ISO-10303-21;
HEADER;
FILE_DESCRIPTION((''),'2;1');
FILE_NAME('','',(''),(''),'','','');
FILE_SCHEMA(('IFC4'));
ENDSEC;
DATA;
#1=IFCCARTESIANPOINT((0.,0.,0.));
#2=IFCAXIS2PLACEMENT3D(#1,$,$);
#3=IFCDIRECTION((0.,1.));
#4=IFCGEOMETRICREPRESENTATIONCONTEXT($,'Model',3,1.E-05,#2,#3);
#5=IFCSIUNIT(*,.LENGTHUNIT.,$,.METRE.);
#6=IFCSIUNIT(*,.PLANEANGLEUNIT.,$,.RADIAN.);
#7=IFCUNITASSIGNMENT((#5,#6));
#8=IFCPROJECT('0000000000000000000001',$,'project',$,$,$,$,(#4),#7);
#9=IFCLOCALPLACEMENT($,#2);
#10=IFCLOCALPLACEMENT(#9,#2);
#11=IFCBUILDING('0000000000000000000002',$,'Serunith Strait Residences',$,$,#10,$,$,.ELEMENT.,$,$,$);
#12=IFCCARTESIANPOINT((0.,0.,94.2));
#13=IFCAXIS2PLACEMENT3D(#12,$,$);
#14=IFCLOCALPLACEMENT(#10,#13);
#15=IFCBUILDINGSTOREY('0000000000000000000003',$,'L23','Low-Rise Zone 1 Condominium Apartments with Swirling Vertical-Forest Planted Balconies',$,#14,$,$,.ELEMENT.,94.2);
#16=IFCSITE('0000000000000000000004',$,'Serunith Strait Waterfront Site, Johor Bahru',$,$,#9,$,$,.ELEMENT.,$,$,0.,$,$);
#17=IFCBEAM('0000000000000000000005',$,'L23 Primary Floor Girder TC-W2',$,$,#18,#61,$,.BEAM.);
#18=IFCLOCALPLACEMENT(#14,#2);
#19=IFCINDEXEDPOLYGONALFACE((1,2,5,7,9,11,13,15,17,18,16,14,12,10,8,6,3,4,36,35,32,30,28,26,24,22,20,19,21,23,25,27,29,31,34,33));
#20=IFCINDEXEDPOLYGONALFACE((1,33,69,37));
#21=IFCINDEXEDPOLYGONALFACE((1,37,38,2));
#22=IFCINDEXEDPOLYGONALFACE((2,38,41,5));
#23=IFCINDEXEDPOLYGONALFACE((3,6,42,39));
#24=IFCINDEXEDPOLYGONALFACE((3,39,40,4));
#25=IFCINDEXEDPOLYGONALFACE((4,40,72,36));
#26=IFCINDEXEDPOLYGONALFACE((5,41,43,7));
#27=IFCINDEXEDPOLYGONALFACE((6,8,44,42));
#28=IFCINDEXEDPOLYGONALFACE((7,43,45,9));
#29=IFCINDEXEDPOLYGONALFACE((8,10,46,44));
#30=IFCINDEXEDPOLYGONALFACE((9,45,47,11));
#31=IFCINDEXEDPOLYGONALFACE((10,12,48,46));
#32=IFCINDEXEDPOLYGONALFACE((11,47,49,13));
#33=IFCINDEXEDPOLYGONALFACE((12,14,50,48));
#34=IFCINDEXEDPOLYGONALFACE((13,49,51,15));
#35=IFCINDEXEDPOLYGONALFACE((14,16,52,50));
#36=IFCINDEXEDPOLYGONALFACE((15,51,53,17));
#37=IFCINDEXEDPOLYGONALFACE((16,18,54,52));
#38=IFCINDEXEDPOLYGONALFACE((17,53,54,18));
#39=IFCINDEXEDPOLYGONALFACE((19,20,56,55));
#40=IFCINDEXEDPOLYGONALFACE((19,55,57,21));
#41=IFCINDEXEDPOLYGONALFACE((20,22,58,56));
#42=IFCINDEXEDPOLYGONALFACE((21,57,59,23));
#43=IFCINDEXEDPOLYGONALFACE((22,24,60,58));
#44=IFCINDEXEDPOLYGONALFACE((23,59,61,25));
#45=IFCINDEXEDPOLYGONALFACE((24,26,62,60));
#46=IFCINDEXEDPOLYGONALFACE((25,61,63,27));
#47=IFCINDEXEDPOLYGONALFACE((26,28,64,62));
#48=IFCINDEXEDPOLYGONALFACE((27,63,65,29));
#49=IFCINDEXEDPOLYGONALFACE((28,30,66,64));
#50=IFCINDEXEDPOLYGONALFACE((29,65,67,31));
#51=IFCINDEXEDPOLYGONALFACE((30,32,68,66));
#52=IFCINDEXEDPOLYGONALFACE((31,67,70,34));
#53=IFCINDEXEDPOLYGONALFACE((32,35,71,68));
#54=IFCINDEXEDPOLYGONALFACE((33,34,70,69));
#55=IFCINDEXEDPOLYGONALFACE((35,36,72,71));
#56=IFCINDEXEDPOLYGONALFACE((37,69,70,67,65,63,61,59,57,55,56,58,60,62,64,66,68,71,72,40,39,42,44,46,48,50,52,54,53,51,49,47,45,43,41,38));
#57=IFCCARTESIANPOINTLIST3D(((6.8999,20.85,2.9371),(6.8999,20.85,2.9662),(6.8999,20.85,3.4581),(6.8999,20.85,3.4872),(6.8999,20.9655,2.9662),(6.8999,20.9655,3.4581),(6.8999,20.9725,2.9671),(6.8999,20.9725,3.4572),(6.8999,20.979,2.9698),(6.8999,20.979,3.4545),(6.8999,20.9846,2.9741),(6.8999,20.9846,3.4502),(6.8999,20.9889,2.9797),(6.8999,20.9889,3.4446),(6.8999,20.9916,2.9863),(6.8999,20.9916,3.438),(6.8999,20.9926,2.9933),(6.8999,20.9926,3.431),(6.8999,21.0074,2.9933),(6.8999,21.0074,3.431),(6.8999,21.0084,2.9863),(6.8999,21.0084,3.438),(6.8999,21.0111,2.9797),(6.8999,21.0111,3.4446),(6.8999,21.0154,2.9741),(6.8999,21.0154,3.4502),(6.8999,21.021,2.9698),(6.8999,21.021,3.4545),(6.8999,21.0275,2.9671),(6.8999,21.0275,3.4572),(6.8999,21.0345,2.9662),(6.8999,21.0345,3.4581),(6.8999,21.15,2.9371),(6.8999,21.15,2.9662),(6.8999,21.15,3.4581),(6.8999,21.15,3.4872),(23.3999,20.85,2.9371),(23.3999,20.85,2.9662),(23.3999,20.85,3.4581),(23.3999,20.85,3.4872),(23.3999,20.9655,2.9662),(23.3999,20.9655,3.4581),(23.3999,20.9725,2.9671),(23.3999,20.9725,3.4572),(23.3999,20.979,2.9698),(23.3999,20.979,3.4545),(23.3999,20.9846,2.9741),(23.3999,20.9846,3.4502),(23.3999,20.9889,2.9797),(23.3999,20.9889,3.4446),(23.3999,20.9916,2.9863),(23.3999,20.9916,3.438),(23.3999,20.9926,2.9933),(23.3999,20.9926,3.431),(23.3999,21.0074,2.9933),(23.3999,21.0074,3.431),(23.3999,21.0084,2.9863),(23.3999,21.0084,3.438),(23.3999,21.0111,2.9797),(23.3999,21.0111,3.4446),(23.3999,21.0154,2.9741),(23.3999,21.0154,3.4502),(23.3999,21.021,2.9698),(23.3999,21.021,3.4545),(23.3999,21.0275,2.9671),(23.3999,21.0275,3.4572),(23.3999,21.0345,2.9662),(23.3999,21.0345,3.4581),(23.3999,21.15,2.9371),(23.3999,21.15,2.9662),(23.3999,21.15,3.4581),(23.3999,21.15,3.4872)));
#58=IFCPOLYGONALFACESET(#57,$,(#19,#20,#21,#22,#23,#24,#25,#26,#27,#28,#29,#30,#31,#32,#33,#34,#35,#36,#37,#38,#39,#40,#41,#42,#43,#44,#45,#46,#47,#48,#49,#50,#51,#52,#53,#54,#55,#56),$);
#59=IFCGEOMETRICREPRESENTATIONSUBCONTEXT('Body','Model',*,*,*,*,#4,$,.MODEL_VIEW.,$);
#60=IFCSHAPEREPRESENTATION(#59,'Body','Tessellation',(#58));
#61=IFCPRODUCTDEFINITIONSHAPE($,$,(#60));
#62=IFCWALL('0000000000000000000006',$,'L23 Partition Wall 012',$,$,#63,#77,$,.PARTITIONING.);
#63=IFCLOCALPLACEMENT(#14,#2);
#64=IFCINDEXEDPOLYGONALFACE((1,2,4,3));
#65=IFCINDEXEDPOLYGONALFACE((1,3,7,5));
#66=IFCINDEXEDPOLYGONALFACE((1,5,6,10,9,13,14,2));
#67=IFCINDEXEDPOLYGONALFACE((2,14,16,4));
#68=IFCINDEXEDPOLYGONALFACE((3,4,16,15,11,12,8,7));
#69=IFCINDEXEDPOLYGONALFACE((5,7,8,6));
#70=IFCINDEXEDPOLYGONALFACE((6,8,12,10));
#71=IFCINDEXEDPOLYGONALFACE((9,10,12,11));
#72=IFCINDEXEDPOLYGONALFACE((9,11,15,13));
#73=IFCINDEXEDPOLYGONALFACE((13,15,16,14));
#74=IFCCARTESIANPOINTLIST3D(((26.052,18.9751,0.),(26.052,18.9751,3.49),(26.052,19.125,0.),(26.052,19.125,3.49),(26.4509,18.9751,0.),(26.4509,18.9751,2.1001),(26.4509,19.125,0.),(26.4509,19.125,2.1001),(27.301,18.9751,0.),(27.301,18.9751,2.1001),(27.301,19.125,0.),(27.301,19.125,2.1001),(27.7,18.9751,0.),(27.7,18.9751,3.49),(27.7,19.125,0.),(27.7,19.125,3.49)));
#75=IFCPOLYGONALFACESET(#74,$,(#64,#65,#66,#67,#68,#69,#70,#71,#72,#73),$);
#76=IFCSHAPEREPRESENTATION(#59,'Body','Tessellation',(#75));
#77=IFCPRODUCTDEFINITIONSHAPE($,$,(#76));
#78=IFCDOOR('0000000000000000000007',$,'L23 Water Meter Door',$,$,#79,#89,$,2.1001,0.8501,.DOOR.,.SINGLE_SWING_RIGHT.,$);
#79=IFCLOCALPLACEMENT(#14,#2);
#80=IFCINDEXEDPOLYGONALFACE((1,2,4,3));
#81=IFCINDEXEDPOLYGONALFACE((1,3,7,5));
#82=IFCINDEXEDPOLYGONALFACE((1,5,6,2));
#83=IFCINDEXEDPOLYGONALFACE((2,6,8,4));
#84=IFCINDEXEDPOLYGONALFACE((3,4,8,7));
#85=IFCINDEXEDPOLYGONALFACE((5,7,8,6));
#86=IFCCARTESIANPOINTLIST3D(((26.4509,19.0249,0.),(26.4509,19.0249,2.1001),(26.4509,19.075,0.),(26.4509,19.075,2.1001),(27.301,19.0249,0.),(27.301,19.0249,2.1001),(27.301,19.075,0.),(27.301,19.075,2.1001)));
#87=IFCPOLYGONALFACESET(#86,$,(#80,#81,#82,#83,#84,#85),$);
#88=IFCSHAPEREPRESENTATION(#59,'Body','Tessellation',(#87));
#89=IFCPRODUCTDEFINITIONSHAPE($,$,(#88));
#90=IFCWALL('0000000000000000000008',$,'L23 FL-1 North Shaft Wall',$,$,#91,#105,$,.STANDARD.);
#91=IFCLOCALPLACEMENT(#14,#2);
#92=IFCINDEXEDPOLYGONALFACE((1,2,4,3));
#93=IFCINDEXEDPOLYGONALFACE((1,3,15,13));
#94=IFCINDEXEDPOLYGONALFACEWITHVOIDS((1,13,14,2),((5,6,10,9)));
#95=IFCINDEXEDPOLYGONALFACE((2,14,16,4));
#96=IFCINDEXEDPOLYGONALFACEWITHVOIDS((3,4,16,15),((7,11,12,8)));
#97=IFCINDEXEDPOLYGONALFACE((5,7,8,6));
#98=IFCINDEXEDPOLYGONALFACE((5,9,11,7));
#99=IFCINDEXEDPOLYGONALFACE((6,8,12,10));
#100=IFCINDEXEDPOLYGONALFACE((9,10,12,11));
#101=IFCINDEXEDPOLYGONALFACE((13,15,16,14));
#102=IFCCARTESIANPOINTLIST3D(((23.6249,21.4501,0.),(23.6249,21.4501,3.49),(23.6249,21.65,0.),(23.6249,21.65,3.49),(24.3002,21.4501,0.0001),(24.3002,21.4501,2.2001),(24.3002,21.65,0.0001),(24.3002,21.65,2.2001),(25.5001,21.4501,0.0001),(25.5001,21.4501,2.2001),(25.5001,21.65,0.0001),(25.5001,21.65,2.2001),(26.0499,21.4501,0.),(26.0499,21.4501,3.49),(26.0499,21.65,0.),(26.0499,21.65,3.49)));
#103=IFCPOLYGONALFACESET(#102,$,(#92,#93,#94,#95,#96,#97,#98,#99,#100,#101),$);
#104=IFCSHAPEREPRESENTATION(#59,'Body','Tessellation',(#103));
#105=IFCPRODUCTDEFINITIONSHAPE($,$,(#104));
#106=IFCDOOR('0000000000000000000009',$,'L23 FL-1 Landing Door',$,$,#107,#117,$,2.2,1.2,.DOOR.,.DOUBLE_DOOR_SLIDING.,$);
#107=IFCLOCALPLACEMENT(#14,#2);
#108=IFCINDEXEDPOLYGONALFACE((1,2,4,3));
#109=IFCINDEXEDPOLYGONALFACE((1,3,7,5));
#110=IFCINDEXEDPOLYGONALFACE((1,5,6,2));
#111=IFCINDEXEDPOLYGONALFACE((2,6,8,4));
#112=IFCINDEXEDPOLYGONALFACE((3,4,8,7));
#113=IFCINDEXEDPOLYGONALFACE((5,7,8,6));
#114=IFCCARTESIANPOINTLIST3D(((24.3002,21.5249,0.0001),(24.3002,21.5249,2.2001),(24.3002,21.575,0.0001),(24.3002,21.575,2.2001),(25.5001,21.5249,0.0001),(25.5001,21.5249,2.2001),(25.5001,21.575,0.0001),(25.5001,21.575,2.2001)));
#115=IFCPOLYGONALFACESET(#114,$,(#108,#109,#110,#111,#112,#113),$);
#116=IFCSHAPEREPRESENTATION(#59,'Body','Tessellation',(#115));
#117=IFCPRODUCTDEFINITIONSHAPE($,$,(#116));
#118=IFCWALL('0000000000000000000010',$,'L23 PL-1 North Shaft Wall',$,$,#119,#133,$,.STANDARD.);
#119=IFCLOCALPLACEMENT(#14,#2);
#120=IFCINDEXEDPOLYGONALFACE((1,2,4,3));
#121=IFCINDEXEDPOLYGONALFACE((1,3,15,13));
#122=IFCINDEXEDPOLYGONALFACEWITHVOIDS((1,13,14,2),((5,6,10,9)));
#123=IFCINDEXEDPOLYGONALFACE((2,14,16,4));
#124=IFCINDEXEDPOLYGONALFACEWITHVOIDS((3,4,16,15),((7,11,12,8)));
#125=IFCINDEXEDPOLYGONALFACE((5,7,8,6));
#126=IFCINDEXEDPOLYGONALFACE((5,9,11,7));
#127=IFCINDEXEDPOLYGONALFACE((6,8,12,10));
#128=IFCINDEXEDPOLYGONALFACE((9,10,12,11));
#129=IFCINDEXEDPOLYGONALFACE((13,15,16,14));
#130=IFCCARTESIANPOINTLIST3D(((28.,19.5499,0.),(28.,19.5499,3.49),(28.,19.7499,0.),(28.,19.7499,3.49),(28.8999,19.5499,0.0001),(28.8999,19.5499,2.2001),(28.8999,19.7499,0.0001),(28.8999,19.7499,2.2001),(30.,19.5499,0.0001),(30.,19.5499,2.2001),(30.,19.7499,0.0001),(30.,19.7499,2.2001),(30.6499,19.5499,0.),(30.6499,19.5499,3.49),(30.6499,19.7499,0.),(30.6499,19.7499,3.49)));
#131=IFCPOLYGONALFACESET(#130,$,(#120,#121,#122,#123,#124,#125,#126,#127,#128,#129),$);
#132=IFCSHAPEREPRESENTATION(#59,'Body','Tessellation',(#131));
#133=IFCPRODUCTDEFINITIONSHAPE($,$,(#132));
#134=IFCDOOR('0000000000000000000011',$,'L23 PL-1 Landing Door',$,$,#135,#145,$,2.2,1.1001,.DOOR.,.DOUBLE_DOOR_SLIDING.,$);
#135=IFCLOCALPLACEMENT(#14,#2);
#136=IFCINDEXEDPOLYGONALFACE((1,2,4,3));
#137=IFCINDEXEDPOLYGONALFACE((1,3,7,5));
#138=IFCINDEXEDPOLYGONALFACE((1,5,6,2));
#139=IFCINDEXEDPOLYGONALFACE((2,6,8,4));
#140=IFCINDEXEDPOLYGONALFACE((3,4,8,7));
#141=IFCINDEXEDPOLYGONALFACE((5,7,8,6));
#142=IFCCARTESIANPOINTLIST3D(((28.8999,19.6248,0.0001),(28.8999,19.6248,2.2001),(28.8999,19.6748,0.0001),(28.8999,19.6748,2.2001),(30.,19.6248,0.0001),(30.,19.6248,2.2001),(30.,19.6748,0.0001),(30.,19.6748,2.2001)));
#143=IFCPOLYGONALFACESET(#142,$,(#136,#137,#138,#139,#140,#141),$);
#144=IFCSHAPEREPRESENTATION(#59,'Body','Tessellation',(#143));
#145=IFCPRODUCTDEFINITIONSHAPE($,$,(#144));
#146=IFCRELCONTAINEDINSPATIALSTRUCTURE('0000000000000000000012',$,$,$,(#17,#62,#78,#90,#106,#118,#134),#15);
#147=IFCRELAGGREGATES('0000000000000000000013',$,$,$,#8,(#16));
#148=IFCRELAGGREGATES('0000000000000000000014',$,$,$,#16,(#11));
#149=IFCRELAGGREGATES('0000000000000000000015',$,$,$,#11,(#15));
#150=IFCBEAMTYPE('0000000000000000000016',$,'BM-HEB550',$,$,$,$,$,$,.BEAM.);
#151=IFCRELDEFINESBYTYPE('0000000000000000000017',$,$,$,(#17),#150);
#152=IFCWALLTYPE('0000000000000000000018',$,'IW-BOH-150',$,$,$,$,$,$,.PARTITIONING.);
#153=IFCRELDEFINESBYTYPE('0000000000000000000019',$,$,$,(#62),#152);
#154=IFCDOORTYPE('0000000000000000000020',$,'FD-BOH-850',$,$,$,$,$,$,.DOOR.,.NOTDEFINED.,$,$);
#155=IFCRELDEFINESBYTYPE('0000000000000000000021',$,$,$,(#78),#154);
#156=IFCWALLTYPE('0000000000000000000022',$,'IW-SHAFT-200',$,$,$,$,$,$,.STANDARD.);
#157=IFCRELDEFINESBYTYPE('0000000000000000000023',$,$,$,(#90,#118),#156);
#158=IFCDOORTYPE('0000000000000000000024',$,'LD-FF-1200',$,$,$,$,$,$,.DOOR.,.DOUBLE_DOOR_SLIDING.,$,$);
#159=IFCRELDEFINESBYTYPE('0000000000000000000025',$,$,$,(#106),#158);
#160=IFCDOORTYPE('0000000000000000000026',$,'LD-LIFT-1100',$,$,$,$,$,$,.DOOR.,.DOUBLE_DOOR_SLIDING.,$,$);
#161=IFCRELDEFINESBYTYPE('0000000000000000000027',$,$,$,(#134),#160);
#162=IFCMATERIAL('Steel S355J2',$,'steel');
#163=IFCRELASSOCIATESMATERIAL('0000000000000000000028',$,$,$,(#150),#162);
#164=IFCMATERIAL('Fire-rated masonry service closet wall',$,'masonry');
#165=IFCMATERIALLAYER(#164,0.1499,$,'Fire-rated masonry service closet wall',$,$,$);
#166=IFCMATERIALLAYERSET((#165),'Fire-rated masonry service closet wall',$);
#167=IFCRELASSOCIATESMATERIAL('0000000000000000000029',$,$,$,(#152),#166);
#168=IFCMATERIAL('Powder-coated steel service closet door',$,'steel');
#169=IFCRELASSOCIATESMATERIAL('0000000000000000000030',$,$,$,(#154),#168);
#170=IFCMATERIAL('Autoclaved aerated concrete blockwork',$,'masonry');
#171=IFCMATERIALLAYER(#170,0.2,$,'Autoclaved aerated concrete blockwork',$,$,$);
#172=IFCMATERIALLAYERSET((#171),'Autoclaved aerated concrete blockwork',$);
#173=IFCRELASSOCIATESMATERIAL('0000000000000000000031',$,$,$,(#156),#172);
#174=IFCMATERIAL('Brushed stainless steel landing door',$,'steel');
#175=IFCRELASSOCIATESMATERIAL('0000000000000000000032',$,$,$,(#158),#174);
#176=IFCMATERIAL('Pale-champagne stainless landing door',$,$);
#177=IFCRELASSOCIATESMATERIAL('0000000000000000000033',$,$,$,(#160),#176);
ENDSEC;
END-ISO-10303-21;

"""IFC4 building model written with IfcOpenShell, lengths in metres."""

from ifc_helpers import new_model, si_unit, direction, frame, frame_2d, origin, origin_2d, place, context, subcontext, project, spatial, rectangle, i_section, extrude, source, transform, mapped, material, layer, layer_set, material_profile, profile_set, type_object, element, fill, save


model = new_model("IFC4")

# Units and contexts
model_context = context("Model", 3, precision=1e-05, world=origin(), true_north=direction((0.0, 1.0)))
body_context = subcontext(model_context, "Body", "Model", "MODEL_VIEW")
ifc_project = project(units=[si_unit("LENGTHUNIT", "METRE"), si_unit("PLANEANGLEUNIT", "RADIAN")], contexts=[model_context])

# Site, building, storey
site_placement = place(None, origin())
site = spatial("IfcSite", under=ifc_project, at=site_placement, Name="Serunith Strait Waterfront Site, Johor Bahru", CompositionType="ELEMENT", RefElevation=0.0)
building_placement = place(site_placement, origin())
building = spatial("IfcBuilding", under=site, at=building_placement, Name="Serunith Strait Residences", CompositionType="ELEMENT")
storey_placement = place(building_placement, frame((0.0, 0.0, 94.2)))
storey = spatial("IfcBuildingStorey", under=building, at=storey_placement, Name="L23", Description="Low-Rise Zone 1 Condominium Apartments with Swirling Vertical-Forest Planted Balconies", CompositionType="ELEMENT", Elevation=94.2)

# Beam
ifc_material_1 = material(Name="Steel S355J2", Category="steel")
ifc_material_profile = material_profile(ifc_material_1, i_section(OverallWidth=0.3, OverallDepth=0.55, WebThickness=0.0149, FlangeThickness=0.0291, FilletRadius=0.0271, at=origin_2d()), Name="HEB 550")
ifc_profile_set = profile_set([ifc_material_profile], Name="Steel S355J2")
beam_type = type_object("IfcBeamType", Name="BM-HEB550", PredefinedType="BEAM", material=ifc_profile_set)
shared_shape_1 = source(origin(), body_context, "Body", "SweptSolid", [
    extrude(i_section(OverallWidth=0.3, OverallDepth=0.55, WebThickness=0.0149, FlangeThickness=0.0291, FilletRadius=0.0271, at=origin_2d()), origin(), (0.0, 0.0, 1.0), 16.5),
])
beam_placement = place(storey_placement, frame((23.3999, 21.0, 3.2122), z_axis=(-1.0, 0.0, 0.0), x_axis=(0.0, -1.0, 0.0)))
element("IfcBeam", 1, at=beam_placement, inside=storey, type_object=beam_type, Name="L23 Primary Floor Girder TC-W2", PredefinedType="BEAM", context=body_context, shape_type="MappedRepresentation", body=[
    mapped(shared_shape_1, transform((0.0, 0.0, 0.0), scale=1.0)),
])

# Walls, openings, doors
ifc_material_2 = material(Name="Fire-rated masonry service closet wall", Category="masonry")
ifc_layer_1 = layer(ifc_material_2, 0.1499, Name="Fire-rated masonry service closet wall")
ifc_layer_set_1 = layer_set([ifc_layer_1], Name="Fire-rated masonry service closet wall")
wall_type_1 = type_object("IfcWallType", Name="IW-BOH-150", PredefinedType="PARTITIONING", material=ifc_layer_set_1)
wall_1_placement = place(storey_placement, frame((26.052, 19.05, 0.0), z_axis=(0.0, 0.0, 1.0), x_axis=(1.0, 0.0, 0.0)))
wall_1 = element("IfcWall", 2, at=wall_1_placement, inside=storey, type_object=wall_type_1, Name="L23 Partition Wall 012", PredefinedType="PARTITIONING", context=body_context, shape_type="SweptSolid", body=[
    extrude(rectangle(XDim=1.6479, YDim=0.1499, at=frame_2d((0.824, 0.0))), origin(), (0.0, 0.0, 1.0), 3.49),
])
opening_1_placement = place(wall_1_placement, frame((0.3989, 0.0, 0.0)))
opening_1 = element("IfcOpeningElement", 3, at=opening_1_placement, cuts=wall_1, PredefinedType="OPENING", context=body_context, shape_type="SweptSolid", body=[
    extrude(rectangle(XDim=0.8501, YDim=2.1001, at=frame_2d((0.425, 1.05))), frame((0.0, 0.085, 0.0), z_axis=(0.0, -1.0, 0.0), x_axis=(1.0, 0.0, 0.0)), (0.0, 0.0, 1.0), 0.1699),
])
ifc_material_3 = material(Name="Powder-coated steel service closet door", Category="steel")
door_type_1 = type_object("IfcDoorType", Name="FD-BOH-850", OperationType="NOTDEFINED", PredefinedType="DOOR", material=ifc_material_3)
shared_shape_2 = source(origin(), body_context, "Body", "SweptSolid", [
    extrude(rectangle(XDim=0.8501, YDim=2.1001, at=frame_2d((0.425, 1.05))), frame((0.0, 0.0249, 0.0), z_axis=(0.0, -1.0, 0.0), x_axis=(1.0, 0.0, 0.0)), (0.0, 0.0, 1.0), 0.05),
])
door_1_placement = place(opening_1_placement, origin())
door_1 = element("IfcDoor", 4, at=door_1_placement, inside=storey, type_object=door_type_1, Name="L23 Water Meter Door", OperationType="SINGLE_SWING_RIGHT", OverallHeight=2.1001, OverallWidth=0.8501, PredefinedType="DOOR", context=body_context, shape_type="MappedRepresentation", body=[
    mapped(shared_shape_2, transform((0.0, 0.0, 0.0), scale=1.0)),
])
fill(opening_1, door_1)
ifc_material_4 = material(Name="Autoclaved aerated concrete blockwork", Category="masonry")
ifc_layer_2 = layer(ifc_material_4, 0.2, Name="Autoclaved aerated concrete blockwork")
ifc_layer_set_2 = layer_set([ifc_layer_2], Name="Autoclaved aerated concrete blockwork")
wall_type_2 = type_object("IfcWallType", Name="IW-SHAFT-200", PredefinedType="STANDARD", material=ifc_layer_set_2)
wall_2_placement = place(storey_placement, frame((23.625, 21.55, 0.0), z_axis=(0.0, 0.0, 1.0), x_axis=(1.0, 0.0, 0.0)))
wall_2 = element("IfcWall", 5, at=wall_2_placement, inside=storey, type_object=wall_type_2, Name="L23 FL-1 North Shaft Wall", PredefinedType="STANDARD", context=body_context, shape_type="SweptSolid", body=[
    extrude(rectangle(XDim=2.425, YDim=0.2, at=frame_2d((1.2124, 0.0))), origin(), (0.0, 0.0, 1.0), 3.49),
])
opening_2_placement = place(wall_2_placement, frame((0.675, 0.0, 0.0)))
opening_2 = element("IfcOpeningElement", 6, at=opening_2_placement, cuts=wall_2, PredefinedType="OPENING", context=body_context, shape_type="SweptSolid", body=[
    extrude(rectangle(XDim=1.2, YDim=2.2, at=frame_2d((0.6001, 1.1001))), frame((0.0, 0.1099, 0.0), z_axis=(0.0, -1.0, 0.0), x_axis=(1.0, 0.0, 0.0)), (0.0, 0.0, 1.0), 0.22),
])
ifc_material_5 = material(Name="Brushed stainless steel landing door", Category="steel")
door_type_2 = type_object("IfcDoorType", Name="LD-FF-1200", OperationType="DOUBLE_DOOR_SLIDING", PredefinedType="DOOR", material=ifc_material_5)
shared_shape_3 = source(origin(), body_context, "Body", "SweptSolid", [
    extrude(rectangle(XDim=1.2, YDim=2.2, at=frame_2d((0.6001, 1.1001))), frame((0.0, 0.0249, 0.0), z_axis=(0.0, -1.0, 0.0), x_axis=(1.0, 0.0, 0.0)), (0.0, 0.0, 1.0), 0.05),
])
door_2_placement = place(opening_2_placement, origin())
door_2 = element("IfcDoor", 7, at=door_2_placement, inside=storey, type_object=door_type_2, Name="L23 FL-1 Landing Door", OperationType="DOUBLE_DOOR_SLIDING", OverallHeight=2.2, OverallWidth=1.2, PredefinedType="DOOR", context=body_context, shape_type="MappedRepresentation", body=[
    mapped(shared_shape_3, transform((0.0, 0.0, 0.0), scale=1.0)),
])
fill(opening_2, door_2)
wall_3_placement = place(storey_placement, frame((28.0, 19.6499, 0.0), z_axis=(0.0, 0.0, 1.0), x_axis=(1.0, 0.0, 0.0)))
wall_3 = element("IfcWall", 8, at=wall_3_placement, inside=storey, type_object=wall_type_2, Name="L23 PL-1 North Shaft Wall", PredefinedType="STANDARD", context=body_context, shape_type="SweptSolid", body=[
    extrude(rectangle(XDim=2.6499, YDim=0.2, at=frame_2d((1.325, 0.0))), origin(), (0.0, 0.0, 1.0), 3.49),
])
opening_3_placement = place(wall_3_placement, frame((0.8999, 0.0, 0.0)))
opening_3 = element("IfcOpeningElement", 9, at=opening_3_placement, cuts=wall_3, PredefinedType="OPENING", context=body_context, shape_type="SweptSolid", body=[
    extrude(rectangle(XDim=1.1001, YDim=2.2, at=frame_2d((0.55, 1.1001))), frame((0.0, 0.1099, 0.0), z_axis=(0.0, -1.0, 0.0), x_axis=(1.0, 0.0, 0.0)), (0.0, 0.0, 1.0), 0.22),
])
ifc_material_6 = material(Name="Pale-champagne stainless landing door")
door_type_3 = type_object("IfcDoorType", Name="LD-LIFT-1100", OperationType="DOUBLE_DOOR_SLIDING", PredefinedType="DOOR", material=ifc_material_6)
shared_shape_4 = source(origin(), body_context, "Body", "SweptSolid", [
    extrude(rectangle(XDim=1.1001, YDim=2.2, at=frame_2d((0.55, 1.1001))), frame((0.0, 0.0249, 0.0), z_axis=(0.0, -1.0, 0.0), x_axis=(1.0, 0.0, 0.0)), (0.0, 0.0, 1.0), 0.05),
])
door_3_placement = place(opening_3_placement, origin())
door_3 = element("IfcDoor", 10, at=door_3_placement, inside=storey, type_object=door_type_3, Name="L23 PL-1 Landing Door", OperationType="DOUBLE_DOOR_SLIDING", OverallHeight=2.2, OverallWidth=1.1001, PredefinedType="DOOR", context=body_context, shape_type="MappedRepresentation", body=[
    mapped(shared_shape_4, transform((0.0, 0.0, 0.0), scale=1.0)),
])
fill(opening_3, door_3)

save(model, "model.ifc")
